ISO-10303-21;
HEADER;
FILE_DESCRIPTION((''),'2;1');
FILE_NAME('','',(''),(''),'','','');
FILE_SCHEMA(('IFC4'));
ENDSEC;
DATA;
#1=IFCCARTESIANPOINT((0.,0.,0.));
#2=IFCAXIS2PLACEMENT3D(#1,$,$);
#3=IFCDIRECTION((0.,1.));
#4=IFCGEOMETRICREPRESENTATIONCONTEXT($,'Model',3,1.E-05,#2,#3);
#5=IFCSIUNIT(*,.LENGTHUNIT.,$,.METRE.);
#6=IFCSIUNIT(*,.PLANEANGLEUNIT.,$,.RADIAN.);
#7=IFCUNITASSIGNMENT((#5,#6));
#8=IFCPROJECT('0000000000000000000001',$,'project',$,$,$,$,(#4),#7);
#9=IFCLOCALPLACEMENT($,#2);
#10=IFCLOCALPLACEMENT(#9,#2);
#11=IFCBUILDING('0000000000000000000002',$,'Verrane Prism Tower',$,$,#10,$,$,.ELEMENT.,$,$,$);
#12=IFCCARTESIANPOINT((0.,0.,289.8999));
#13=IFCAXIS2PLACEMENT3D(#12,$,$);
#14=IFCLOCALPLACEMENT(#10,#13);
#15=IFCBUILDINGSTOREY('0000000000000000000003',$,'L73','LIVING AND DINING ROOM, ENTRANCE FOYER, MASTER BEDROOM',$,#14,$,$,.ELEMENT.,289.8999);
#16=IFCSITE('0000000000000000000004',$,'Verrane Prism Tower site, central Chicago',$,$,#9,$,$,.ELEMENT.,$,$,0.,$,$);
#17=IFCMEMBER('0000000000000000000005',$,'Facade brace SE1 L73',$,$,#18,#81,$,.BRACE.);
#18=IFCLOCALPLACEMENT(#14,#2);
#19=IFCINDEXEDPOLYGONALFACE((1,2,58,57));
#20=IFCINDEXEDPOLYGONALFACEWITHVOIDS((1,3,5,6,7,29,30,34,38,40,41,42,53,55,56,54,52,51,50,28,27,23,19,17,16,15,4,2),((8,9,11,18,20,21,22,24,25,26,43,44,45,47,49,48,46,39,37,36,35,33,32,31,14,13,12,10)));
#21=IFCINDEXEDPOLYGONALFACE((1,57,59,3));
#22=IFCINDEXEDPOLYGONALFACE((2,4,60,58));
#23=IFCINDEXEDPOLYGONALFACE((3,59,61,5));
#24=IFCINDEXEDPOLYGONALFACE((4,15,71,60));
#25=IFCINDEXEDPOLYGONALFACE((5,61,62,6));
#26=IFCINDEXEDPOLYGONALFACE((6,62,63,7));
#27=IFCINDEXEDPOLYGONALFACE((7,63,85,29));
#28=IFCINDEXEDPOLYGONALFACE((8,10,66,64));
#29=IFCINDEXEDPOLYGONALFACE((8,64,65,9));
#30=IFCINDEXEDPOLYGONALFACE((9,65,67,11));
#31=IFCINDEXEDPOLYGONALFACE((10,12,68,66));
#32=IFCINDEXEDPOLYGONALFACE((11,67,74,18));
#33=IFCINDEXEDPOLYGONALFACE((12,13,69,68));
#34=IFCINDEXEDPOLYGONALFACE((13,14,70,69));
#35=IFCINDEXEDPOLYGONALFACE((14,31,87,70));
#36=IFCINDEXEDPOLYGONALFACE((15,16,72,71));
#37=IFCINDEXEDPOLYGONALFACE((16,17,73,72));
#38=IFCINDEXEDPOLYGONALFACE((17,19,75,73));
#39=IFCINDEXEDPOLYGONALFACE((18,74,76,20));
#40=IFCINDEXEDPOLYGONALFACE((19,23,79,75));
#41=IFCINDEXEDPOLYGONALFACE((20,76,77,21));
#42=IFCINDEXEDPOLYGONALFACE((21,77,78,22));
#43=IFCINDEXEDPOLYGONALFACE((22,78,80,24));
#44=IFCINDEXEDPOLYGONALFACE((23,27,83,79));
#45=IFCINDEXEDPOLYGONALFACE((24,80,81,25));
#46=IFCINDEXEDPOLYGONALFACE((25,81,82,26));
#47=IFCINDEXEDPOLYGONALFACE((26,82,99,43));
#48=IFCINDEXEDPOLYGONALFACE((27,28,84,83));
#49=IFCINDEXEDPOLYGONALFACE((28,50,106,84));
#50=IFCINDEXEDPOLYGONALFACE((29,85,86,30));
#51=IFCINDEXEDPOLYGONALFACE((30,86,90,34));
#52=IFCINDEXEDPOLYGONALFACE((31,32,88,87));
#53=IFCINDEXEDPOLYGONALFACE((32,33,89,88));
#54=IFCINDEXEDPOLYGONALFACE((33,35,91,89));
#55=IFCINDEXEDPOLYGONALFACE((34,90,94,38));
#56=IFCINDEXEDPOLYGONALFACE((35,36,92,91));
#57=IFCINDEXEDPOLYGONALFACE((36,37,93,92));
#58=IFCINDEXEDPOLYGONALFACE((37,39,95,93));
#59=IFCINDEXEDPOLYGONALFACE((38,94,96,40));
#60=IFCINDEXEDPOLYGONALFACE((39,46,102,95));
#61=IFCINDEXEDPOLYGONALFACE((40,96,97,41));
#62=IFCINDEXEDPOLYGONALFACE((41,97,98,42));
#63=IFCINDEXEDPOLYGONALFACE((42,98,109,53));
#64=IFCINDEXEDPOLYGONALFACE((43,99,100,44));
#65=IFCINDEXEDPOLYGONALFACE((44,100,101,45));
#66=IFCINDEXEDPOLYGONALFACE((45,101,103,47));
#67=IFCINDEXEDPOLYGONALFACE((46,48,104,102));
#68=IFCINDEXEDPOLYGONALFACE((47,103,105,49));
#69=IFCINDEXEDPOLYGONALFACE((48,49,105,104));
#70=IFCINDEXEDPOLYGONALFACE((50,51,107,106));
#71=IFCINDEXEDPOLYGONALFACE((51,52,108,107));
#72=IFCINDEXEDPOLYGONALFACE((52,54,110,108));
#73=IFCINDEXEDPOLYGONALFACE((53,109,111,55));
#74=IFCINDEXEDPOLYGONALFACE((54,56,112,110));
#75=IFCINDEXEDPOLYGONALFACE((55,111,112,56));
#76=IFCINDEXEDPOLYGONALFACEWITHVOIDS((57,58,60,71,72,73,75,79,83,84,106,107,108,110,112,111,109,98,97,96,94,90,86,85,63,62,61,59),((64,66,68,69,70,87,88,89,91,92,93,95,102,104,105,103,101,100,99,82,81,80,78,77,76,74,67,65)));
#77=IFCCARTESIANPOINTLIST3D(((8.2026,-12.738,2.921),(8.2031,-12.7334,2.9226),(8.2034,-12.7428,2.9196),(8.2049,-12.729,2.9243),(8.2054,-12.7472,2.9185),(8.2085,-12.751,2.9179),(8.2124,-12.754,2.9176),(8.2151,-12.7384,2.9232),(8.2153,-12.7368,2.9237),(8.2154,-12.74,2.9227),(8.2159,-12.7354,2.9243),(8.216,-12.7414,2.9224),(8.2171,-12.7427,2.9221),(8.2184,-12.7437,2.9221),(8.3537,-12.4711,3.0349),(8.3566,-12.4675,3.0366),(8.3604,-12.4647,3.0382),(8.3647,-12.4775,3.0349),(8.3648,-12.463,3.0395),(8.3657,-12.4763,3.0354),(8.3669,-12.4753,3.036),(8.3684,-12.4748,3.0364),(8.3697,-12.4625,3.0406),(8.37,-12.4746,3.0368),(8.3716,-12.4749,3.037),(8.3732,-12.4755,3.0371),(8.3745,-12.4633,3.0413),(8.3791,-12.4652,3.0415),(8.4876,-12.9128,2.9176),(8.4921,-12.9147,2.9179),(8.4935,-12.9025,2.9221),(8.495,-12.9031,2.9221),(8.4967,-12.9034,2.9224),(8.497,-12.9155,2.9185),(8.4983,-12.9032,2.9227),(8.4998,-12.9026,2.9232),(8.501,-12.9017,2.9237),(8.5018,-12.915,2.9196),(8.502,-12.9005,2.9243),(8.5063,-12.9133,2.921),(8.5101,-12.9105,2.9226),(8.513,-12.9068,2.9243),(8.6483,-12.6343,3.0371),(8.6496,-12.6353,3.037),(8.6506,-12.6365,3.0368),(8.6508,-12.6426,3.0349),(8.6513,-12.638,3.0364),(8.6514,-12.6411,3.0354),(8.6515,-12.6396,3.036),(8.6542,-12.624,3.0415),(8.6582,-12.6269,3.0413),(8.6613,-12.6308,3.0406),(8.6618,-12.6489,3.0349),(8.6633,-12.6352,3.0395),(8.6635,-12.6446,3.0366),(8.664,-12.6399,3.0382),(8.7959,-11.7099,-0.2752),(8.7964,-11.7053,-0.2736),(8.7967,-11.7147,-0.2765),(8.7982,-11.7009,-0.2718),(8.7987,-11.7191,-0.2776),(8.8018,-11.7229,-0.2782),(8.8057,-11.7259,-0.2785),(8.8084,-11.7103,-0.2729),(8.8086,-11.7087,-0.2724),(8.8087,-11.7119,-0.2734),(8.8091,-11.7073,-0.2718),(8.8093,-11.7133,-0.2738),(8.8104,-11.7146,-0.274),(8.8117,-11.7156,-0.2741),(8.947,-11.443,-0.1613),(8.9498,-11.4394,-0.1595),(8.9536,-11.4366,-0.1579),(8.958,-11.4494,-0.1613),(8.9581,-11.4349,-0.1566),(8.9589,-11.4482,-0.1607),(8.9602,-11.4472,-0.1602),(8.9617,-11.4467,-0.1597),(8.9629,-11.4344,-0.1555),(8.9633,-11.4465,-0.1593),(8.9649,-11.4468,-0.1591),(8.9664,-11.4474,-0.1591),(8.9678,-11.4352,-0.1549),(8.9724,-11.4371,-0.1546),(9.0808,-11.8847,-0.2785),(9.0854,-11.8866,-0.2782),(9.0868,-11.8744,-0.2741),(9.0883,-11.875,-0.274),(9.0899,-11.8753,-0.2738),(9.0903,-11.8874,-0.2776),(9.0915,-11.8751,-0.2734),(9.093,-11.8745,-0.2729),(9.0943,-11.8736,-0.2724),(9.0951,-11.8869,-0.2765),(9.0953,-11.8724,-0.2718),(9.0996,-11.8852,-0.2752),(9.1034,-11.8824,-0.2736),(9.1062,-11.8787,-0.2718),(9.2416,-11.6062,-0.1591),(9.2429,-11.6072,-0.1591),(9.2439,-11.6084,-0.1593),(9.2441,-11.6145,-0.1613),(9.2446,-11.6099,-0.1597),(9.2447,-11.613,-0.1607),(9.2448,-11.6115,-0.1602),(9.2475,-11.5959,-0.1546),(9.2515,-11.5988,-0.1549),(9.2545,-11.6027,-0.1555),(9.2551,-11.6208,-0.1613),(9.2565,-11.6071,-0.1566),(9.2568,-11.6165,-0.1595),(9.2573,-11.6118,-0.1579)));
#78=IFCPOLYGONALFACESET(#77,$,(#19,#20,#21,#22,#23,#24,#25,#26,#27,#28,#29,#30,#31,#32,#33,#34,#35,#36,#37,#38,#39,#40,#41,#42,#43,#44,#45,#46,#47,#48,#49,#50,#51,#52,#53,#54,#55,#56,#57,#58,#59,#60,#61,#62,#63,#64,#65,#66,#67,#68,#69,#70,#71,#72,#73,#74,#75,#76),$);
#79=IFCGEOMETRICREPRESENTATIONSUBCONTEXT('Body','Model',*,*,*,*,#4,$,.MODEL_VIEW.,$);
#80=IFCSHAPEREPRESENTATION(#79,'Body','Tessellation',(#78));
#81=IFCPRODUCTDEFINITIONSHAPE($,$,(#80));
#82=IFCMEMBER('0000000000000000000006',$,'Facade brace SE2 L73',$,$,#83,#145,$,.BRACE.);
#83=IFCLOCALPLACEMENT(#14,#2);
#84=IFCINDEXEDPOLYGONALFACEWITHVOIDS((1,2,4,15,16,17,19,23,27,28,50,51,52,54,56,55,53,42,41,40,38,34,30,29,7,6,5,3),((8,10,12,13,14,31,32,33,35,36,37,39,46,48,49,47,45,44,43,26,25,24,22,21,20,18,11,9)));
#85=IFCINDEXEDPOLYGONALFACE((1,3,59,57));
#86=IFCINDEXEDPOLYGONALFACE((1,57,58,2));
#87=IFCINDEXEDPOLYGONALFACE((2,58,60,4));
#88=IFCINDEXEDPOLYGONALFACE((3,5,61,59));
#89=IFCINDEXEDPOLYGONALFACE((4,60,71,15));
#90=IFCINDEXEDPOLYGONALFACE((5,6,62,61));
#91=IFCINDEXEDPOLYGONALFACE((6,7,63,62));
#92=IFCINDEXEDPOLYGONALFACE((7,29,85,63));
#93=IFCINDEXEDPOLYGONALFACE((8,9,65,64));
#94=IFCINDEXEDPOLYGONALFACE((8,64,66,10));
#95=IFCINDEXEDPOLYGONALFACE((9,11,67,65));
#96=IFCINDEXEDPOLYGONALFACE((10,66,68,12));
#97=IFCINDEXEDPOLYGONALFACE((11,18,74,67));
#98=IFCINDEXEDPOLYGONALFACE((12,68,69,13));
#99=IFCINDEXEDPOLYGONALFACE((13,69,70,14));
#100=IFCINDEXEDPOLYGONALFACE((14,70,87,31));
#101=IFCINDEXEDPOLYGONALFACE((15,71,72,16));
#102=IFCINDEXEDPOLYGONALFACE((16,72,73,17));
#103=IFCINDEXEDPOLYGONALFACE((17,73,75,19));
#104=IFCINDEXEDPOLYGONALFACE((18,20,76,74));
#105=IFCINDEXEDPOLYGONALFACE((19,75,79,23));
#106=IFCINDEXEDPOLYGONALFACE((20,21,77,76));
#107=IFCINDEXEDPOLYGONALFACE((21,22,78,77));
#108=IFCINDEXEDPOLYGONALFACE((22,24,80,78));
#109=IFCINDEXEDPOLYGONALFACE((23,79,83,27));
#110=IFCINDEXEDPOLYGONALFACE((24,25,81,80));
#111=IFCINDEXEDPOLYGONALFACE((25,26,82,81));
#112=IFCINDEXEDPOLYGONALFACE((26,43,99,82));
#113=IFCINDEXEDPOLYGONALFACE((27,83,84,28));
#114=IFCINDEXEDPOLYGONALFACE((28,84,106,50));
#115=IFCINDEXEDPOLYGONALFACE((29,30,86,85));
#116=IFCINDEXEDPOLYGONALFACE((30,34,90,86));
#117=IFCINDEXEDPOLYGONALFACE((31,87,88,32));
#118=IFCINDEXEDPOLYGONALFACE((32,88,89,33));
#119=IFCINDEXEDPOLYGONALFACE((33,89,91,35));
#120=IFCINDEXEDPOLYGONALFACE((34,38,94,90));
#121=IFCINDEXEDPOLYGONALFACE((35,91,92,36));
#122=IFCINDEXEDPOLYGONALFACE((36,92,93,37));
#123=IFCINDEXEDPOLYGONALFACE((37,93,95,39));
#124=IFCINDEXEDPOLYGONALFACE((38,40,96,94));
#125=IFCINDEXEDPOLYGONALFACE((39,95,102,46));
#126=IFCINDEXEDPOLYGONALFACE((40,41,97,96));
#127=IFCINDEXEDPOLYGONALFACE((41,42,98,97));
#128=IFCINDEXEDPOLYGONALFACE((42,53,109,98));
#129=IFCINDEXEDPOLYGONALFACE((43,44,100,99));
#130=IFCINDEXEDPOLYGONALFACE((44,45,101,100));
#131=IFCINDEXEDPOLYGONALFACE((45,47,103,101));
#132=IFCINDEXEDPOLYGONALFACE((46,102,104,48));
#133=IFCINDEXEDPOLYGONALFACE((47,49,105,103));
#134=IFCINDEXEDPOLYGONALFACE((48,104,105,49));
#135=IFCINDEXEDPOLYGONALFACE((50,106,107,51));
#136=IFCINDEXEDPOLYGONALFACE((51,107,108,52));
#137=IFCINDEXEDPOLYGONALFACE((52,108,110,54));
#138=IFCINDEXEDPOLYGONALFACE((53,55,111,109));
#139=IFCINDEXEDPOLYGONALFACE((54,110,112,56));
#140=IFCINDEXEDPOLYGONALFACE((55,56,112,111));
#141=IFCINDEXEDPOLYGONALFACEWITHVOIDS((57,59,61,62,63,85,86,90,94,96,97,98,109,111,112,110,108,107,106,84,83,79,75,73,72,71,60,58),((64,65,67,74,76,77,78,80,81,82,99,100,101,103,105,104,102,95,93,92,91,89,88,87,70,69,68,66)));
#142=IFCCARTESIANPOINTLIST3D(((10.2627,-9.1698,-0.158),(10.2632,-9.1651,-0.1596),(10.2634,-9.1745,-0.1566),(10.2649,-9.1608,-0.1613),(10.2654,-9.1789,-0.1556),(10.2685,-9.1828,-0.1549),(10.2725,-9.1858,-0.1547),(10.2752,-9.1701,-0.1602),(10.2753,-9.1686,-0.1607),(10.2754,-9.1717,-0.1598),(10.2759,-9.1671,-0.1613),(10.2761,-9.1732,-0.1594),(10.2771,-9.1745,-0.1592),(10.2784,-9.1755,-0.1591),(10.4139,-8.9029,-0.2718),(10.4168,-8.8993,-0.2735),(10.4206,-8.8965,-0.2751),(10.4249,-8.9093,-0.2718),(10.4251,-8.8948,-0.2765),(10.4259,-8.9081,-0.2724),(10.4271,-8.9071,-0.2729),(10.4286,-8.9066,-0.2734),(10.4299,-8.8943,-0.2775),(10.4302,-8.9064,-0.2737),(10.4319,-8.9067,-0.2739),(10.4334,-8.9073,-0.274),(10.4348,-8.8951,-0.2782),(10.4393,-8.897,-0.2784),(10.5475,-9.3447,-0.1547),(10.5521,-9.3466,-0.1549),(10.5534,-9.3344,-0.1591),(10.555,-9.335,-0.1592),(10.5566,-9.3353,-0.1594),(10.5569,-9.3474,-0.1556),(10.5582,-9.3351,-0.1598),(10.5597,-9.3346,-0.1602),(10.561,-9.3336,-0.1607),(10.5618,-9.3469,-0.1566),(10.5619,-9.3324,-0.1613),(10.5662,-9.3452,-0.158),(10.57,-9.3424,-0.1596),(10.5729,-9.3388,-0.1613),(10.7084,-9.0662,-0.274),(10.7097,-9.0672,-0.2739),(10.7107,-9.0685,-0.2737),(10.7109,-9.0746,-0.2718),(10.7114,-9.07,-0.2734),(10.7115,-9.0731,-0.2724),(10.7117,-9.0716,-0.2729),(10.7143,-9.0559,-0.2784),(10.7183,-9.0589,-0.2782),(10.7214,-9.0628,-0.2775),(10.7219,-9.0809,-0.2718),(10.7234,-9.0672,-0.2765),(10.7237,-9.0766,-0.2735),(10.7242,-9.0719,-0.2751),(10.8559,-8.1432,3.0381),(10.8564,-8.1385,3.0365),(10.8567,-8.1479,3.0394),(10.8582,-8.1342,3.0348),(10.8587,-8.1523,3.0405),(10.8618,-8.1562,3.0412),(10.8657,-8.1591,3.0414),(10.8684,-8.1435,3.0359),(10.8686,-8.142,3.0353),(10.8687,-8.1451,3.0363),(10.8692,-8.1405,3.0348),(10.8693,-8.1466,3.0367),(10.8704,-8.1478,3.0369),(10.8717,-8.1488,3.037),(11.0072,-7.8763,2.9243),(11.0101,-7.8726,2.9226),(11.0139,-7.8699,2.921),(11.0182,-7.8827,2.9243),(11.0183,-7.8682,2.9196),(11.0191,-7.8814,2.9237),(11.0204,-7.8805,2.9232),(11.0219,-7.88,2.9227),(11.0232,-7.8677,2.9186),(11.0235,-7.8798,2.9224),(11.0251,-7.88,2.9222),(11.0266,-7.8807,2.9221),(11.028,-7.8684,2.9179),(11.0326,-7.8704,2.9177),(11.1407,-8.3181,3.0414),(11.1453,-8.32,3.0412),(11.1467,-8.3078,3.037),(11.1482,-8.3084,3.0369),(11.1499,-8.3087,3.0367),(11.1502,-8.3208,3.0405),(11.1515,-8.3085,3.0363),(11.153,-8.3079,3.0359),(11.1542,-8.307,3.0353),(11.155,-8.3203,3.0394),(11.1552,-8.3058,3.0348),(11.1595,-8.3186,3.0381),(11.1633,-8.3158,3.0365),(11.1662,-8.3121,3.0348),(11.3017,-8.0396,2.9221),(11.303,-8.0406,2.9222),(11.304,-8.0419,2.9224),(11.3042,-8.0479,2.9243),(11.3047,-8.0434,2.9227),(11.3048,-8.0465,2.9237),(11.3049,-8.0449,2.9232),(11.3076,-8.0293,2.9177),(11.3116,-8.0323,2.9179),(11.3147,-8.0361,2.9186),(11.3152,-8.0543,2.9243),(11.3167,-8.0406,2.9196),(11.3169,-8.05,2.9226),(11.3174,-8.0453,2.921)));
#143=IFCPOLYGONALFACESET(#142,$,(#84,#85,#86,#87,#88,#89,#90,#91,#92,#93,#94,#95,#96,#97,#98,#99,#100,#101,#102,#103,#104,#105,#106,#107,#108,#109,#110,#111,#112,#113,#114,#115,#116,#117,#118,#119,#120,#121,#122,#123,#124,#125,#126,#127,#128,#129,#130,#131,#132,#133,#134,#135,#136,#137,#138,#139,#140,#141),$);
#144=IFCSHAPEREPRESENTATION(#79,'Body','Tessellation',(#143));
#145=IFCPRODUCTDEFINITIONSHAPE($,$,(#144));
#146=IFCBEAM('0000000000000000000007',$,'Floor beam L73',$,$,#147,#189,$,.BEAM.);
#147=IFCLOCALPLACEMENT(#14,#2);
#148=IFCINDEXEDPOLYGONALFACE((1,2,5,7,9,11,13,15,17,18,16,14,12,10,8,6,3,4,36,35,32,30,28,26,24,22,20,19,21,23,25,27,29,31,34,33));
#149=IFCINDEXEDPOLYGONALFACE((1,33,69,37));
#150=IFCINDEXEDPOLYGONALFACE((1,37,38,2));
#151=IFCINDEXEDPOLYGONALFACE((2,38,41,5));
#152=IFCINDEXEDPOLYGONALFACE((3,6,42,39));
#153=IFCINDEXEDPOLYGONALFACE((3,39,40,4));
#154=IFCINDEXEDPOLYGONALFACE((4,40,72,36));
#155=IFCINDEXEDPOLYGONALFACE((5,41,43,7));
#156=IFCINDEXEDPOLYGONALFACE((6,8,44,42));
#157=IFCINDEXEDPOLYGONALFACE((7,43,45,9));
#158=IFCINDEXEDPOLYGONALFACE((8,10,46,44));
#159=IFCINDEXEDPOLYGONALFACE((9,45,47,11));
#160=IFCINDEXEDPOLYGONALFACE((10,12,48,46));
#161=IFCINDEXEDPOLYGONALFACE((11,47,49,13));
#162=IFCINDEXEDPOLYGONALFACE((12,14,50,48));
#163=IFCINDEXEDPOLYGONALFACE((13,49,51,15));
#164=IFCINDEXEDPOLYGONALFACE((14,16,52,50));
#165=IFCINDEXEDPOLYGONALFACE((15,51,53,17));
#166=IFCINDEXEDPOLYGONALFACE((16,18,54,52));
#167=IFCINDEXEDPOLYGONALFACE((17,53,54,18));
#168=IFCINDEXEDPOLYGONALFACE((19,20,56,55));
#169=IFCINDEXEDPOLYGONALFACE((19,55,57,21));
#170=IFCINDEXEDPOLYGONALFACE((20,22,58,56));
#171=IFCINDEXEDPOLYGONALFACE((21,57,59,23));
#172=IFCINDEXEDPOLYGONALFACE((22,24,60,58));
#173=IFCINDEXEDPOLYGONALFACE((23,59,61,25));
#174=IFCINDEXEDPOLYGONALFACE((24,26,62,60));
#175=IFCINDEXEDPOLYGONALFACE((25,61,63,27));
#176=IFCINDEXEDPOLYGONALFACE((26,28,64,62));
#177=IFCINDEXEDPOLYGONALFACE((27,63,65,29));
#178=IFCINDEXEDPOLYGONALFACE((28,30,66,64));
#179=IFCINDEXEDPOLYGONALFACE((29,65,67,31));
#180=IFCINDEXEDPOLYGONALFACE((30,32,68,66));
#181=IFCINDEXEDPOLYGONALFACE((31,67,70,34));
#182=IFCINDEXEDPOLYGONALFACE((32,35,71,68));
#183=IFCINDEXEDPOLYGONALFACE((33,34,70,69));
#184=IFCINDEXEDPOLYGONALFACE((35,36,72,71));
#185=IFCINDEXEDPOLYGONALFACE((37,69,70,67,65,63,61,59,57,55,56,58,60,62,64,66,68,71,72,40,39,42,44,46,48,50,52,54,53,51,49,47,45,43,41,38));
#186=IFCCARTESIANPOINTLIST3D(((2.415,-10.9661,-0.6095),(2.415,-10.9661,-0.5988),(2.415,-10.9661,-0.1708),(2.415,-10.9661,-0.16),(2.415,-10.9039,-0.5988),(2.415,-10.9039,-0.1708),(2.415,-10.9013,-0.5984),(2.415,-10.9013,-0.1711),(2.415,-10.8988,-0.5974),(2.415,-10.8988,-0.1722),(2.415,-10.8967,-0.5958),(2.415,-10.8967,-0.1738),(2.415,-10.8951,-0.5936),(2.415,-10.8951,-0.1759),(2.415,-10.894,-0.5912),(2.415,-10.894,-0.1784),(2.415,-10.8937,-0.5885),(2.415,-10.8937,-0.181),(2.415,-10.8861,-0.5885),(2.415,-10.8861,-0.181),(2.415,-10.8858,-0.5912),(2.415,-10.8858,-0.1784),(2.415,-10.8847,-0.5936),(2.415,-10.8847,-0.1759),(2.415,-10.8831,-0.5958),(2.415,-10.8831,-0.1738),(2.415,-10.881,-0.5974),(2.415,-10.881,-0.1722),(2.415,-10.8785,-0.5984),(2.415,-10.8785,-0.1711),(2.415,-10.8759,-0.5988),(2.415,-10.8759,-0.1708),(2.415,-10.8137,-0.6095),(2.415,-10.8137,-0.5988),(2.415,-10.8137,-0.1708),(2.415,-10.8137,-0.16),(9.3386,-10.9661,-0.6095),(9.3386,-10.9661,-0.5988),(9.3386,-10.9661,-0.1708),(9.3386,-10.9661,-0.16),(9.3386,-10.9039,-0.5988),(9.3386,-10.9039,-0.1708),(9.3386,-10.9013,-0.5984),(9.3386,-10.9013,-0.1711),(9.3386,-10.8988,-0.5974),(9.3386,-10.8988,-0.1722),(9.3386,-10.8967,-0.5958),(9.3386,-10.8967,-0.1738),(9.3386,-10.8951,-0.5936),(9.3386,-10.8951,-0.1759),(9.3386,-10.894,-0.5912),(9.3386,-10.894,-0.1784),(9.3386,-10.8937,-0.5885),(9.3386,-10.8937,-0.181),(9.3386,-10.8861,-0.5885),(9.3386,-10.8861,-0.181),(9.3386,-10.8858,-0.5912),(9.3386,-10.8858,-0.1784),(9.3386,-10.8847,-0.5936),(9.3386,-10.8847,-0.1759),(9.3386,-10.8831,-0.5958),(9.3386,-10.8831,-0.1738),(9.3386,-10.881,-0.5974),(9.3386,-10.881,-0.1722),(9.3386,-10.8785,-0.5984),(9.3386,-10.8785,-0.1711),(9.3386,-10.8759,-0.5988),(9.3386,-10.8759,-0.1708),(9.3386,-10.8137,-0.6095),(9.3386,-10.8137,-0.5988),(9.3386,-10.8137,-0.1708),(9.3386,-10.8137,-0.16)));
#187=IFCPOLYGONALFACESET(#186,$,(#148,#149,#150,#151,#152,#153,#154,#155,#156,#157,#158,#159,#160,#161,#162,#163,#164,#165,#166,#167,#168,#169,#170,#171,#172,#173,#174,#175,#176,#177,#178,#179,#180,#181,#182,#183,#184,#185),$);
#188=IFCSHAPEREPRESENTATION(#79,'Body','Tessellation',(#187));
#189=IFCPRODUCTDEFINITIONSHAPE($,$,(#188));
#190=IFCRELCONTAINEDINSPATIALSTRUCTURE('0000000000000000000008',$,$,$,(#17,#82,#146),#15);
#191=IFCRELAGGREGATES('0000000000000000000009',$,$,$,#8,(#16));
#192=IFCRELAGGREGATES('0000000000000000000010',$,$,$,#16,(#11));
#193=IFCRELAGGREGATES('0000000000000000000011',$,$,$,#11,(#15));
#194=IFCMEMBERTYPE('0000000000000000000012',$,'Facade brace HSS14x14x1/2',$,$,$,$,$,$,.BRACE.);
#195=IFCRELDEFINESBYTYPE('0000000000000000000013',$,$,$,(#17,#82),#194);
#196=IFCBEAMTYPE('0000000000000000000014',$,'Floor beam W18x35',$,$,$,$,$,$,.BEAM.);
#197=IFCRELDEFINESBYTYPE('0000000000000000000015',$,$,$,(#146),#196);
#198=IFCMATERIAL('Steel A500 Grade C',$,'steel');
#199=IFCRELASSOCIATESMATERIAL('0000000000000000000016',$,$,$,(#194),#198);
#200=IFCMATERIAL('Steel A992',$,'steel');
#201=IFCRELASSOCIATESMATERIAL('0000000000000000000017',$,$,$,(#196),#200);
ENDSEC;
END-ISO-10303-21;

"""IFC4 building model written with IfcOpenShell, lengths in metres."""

from ifc_helpers import new_model, si_unit, direction, frame, origin, origin_2d, place, context, subcontext, project, spatial, hollow_rectangle, i_section, extrude, material, material_profile, profile_set, type_object, element, save


model = new_model("IFC4")

# Units and contexts
model_context = context("Model", 3, precision=1e-05, world=origin(), true_north=direction((0.0, 1.0)))
body_context = subcontext(model_context, "Body", "Model", "MODEL_VIEW")
ifc_project = project(units=[si_unit("LENGTHUNIT", "METRE"), si_unit("PLANEANGLEUNIT", "RADIAN")], contexts=[model_context])

# Site, building, storey
site_placement = place(None, origin())
site = spatial("IfcSite", under=ifc_project, at=site_placement, Name="Verrane Prism Tower site, central Chicago", CompositionType="ELEMENT", RefElevation=0.0)
building_placement = place(site_placement, origin())
building = spatial("IfcBuilding", under=site, at=building_placement, Name="Verrane Prism Tower", CompositionType="ELEMENT")
storey_placement = place(building_placement, frame((0.0, 0.0, 289.8999)))
storey = spatial("IfcBuildingStorey", under=building, at=storey_placement, Name="L73", Description="LIVING AND DINING ROOM, ENTRANCE FOYER, MASTER BEDROOM", CompositionType="ELEMENT", Elevation=289.8999)

# Members
ifc_material_1 = material(Name="Steel A500 Grade C", Category="steel")
ifc_material_profile_1 = material_profile(ifc_material_1, hollow_rectangle(XDim=0.3557, YDim=0.3557, WallThickness=0.0127, InnerFilletRadius=0.0063, OuterFilletRadius=0.019, at=origin_2d()), Name="HSS14x14x1/2")
ifc_profile_set_1 = profile_set([ifc_material_profile_1], Name="Steel A500 Grade C")
member_type_1 = type_object("IfcMemberType", Name="Facade brace HSS14x14x1/2", PredefinedType="BRACE", material=ifc_profile_set_1)
member_1_placement = place(storey_placement, frame((9.0266, -11.6609, -0.2166), z_axis=(-0.174011, -0.301547, 0.937438), x_axis=(0.866134, -0.499811, 0.0)))
element("IfcMember", 1, at=member_1_placement, inside=storey, type_object=member_type_1, Name="Facade brace SE1 L73", PredefinedType="BRACE", context=body_context, shape_type="SweptSolid", body=[
    extrude(hollow_rectangle(XDim=0.3557, YDim=0.3557, WallThickness=0.0127, InnerFilletRadius=0.0063, OuterFilletRadius=0.019, at=origin_2d()), origin(), (0.0, 0.0, 1.0), 3.4094),
])
member_2_placement = place(storey_placement, frame((10.4934, -9.1208, -0.2166), z_axis=(0.174033, 0.301156, 0.937559), x_axis=(-0.865825, 0.500346, 0.0)))
element("IfcMember", 2, at=member_2_placement, inside=storey, type_object=member_type_1, Name="Facade brace SE2 L73", PredefinedType="BRACE", context=body_context, shape_type="SweptSolid", body=[
    extrude(hollow_rectangle(XDim=0.3557, YDim=0.3557, WallThickness=0.0127, InnerFilletRadius=0.0063, OuterFilletRadius=0.019, at=origin_2d()), origin(), (0.0, 0.0, 1.0), 3.4089),
])

# Beam
ifc_material_2 = material(Name="Steel A992", Category="steel")
ifc_material_profile_2 = material_profile(ifc_material_2, i_section(OverallWidth=0.1523, OverallDepth=0.4495, WebThickness=0.0076, FlangeThickness=0.0107, FilletRadius=0.0103, at=origin_2d()), Name="W18x35")
ifc_profile_set_2 = profile_set([ifc_material_profile_2], Name="Steel A992")
beam_type_1 = type_object("IfcBeamType", Name="Floor beam W18x35", PredefinedType="BEAM", material=ifc_profile_set_2)
beam_1_placement = place(storey_placement, frame((2.415, -10.8899, -0.3848), z_axis=(1.0, 0.0, 0.0), x_axis=(0.0, 1.0, 0.0)))
element("IfcBeam", 3, at=beam_1_placement, inside=storey, type_object=beam_type_1, Name="Floor beam L73", PredefinedType="BEAM", context=body_context, shape_type="SweptSolid", body=[
    extrude(i_section(OverallWidth=0.1523, OverallDepth=0.4495, WebThickness=0.0076, FlangeThickness=0.0107, FilletRadius=0.0103, at=origin_2d()), origin(), (0.0, 0.0, 1.0), 6.9236),
])

save(model, "model.ifc")
